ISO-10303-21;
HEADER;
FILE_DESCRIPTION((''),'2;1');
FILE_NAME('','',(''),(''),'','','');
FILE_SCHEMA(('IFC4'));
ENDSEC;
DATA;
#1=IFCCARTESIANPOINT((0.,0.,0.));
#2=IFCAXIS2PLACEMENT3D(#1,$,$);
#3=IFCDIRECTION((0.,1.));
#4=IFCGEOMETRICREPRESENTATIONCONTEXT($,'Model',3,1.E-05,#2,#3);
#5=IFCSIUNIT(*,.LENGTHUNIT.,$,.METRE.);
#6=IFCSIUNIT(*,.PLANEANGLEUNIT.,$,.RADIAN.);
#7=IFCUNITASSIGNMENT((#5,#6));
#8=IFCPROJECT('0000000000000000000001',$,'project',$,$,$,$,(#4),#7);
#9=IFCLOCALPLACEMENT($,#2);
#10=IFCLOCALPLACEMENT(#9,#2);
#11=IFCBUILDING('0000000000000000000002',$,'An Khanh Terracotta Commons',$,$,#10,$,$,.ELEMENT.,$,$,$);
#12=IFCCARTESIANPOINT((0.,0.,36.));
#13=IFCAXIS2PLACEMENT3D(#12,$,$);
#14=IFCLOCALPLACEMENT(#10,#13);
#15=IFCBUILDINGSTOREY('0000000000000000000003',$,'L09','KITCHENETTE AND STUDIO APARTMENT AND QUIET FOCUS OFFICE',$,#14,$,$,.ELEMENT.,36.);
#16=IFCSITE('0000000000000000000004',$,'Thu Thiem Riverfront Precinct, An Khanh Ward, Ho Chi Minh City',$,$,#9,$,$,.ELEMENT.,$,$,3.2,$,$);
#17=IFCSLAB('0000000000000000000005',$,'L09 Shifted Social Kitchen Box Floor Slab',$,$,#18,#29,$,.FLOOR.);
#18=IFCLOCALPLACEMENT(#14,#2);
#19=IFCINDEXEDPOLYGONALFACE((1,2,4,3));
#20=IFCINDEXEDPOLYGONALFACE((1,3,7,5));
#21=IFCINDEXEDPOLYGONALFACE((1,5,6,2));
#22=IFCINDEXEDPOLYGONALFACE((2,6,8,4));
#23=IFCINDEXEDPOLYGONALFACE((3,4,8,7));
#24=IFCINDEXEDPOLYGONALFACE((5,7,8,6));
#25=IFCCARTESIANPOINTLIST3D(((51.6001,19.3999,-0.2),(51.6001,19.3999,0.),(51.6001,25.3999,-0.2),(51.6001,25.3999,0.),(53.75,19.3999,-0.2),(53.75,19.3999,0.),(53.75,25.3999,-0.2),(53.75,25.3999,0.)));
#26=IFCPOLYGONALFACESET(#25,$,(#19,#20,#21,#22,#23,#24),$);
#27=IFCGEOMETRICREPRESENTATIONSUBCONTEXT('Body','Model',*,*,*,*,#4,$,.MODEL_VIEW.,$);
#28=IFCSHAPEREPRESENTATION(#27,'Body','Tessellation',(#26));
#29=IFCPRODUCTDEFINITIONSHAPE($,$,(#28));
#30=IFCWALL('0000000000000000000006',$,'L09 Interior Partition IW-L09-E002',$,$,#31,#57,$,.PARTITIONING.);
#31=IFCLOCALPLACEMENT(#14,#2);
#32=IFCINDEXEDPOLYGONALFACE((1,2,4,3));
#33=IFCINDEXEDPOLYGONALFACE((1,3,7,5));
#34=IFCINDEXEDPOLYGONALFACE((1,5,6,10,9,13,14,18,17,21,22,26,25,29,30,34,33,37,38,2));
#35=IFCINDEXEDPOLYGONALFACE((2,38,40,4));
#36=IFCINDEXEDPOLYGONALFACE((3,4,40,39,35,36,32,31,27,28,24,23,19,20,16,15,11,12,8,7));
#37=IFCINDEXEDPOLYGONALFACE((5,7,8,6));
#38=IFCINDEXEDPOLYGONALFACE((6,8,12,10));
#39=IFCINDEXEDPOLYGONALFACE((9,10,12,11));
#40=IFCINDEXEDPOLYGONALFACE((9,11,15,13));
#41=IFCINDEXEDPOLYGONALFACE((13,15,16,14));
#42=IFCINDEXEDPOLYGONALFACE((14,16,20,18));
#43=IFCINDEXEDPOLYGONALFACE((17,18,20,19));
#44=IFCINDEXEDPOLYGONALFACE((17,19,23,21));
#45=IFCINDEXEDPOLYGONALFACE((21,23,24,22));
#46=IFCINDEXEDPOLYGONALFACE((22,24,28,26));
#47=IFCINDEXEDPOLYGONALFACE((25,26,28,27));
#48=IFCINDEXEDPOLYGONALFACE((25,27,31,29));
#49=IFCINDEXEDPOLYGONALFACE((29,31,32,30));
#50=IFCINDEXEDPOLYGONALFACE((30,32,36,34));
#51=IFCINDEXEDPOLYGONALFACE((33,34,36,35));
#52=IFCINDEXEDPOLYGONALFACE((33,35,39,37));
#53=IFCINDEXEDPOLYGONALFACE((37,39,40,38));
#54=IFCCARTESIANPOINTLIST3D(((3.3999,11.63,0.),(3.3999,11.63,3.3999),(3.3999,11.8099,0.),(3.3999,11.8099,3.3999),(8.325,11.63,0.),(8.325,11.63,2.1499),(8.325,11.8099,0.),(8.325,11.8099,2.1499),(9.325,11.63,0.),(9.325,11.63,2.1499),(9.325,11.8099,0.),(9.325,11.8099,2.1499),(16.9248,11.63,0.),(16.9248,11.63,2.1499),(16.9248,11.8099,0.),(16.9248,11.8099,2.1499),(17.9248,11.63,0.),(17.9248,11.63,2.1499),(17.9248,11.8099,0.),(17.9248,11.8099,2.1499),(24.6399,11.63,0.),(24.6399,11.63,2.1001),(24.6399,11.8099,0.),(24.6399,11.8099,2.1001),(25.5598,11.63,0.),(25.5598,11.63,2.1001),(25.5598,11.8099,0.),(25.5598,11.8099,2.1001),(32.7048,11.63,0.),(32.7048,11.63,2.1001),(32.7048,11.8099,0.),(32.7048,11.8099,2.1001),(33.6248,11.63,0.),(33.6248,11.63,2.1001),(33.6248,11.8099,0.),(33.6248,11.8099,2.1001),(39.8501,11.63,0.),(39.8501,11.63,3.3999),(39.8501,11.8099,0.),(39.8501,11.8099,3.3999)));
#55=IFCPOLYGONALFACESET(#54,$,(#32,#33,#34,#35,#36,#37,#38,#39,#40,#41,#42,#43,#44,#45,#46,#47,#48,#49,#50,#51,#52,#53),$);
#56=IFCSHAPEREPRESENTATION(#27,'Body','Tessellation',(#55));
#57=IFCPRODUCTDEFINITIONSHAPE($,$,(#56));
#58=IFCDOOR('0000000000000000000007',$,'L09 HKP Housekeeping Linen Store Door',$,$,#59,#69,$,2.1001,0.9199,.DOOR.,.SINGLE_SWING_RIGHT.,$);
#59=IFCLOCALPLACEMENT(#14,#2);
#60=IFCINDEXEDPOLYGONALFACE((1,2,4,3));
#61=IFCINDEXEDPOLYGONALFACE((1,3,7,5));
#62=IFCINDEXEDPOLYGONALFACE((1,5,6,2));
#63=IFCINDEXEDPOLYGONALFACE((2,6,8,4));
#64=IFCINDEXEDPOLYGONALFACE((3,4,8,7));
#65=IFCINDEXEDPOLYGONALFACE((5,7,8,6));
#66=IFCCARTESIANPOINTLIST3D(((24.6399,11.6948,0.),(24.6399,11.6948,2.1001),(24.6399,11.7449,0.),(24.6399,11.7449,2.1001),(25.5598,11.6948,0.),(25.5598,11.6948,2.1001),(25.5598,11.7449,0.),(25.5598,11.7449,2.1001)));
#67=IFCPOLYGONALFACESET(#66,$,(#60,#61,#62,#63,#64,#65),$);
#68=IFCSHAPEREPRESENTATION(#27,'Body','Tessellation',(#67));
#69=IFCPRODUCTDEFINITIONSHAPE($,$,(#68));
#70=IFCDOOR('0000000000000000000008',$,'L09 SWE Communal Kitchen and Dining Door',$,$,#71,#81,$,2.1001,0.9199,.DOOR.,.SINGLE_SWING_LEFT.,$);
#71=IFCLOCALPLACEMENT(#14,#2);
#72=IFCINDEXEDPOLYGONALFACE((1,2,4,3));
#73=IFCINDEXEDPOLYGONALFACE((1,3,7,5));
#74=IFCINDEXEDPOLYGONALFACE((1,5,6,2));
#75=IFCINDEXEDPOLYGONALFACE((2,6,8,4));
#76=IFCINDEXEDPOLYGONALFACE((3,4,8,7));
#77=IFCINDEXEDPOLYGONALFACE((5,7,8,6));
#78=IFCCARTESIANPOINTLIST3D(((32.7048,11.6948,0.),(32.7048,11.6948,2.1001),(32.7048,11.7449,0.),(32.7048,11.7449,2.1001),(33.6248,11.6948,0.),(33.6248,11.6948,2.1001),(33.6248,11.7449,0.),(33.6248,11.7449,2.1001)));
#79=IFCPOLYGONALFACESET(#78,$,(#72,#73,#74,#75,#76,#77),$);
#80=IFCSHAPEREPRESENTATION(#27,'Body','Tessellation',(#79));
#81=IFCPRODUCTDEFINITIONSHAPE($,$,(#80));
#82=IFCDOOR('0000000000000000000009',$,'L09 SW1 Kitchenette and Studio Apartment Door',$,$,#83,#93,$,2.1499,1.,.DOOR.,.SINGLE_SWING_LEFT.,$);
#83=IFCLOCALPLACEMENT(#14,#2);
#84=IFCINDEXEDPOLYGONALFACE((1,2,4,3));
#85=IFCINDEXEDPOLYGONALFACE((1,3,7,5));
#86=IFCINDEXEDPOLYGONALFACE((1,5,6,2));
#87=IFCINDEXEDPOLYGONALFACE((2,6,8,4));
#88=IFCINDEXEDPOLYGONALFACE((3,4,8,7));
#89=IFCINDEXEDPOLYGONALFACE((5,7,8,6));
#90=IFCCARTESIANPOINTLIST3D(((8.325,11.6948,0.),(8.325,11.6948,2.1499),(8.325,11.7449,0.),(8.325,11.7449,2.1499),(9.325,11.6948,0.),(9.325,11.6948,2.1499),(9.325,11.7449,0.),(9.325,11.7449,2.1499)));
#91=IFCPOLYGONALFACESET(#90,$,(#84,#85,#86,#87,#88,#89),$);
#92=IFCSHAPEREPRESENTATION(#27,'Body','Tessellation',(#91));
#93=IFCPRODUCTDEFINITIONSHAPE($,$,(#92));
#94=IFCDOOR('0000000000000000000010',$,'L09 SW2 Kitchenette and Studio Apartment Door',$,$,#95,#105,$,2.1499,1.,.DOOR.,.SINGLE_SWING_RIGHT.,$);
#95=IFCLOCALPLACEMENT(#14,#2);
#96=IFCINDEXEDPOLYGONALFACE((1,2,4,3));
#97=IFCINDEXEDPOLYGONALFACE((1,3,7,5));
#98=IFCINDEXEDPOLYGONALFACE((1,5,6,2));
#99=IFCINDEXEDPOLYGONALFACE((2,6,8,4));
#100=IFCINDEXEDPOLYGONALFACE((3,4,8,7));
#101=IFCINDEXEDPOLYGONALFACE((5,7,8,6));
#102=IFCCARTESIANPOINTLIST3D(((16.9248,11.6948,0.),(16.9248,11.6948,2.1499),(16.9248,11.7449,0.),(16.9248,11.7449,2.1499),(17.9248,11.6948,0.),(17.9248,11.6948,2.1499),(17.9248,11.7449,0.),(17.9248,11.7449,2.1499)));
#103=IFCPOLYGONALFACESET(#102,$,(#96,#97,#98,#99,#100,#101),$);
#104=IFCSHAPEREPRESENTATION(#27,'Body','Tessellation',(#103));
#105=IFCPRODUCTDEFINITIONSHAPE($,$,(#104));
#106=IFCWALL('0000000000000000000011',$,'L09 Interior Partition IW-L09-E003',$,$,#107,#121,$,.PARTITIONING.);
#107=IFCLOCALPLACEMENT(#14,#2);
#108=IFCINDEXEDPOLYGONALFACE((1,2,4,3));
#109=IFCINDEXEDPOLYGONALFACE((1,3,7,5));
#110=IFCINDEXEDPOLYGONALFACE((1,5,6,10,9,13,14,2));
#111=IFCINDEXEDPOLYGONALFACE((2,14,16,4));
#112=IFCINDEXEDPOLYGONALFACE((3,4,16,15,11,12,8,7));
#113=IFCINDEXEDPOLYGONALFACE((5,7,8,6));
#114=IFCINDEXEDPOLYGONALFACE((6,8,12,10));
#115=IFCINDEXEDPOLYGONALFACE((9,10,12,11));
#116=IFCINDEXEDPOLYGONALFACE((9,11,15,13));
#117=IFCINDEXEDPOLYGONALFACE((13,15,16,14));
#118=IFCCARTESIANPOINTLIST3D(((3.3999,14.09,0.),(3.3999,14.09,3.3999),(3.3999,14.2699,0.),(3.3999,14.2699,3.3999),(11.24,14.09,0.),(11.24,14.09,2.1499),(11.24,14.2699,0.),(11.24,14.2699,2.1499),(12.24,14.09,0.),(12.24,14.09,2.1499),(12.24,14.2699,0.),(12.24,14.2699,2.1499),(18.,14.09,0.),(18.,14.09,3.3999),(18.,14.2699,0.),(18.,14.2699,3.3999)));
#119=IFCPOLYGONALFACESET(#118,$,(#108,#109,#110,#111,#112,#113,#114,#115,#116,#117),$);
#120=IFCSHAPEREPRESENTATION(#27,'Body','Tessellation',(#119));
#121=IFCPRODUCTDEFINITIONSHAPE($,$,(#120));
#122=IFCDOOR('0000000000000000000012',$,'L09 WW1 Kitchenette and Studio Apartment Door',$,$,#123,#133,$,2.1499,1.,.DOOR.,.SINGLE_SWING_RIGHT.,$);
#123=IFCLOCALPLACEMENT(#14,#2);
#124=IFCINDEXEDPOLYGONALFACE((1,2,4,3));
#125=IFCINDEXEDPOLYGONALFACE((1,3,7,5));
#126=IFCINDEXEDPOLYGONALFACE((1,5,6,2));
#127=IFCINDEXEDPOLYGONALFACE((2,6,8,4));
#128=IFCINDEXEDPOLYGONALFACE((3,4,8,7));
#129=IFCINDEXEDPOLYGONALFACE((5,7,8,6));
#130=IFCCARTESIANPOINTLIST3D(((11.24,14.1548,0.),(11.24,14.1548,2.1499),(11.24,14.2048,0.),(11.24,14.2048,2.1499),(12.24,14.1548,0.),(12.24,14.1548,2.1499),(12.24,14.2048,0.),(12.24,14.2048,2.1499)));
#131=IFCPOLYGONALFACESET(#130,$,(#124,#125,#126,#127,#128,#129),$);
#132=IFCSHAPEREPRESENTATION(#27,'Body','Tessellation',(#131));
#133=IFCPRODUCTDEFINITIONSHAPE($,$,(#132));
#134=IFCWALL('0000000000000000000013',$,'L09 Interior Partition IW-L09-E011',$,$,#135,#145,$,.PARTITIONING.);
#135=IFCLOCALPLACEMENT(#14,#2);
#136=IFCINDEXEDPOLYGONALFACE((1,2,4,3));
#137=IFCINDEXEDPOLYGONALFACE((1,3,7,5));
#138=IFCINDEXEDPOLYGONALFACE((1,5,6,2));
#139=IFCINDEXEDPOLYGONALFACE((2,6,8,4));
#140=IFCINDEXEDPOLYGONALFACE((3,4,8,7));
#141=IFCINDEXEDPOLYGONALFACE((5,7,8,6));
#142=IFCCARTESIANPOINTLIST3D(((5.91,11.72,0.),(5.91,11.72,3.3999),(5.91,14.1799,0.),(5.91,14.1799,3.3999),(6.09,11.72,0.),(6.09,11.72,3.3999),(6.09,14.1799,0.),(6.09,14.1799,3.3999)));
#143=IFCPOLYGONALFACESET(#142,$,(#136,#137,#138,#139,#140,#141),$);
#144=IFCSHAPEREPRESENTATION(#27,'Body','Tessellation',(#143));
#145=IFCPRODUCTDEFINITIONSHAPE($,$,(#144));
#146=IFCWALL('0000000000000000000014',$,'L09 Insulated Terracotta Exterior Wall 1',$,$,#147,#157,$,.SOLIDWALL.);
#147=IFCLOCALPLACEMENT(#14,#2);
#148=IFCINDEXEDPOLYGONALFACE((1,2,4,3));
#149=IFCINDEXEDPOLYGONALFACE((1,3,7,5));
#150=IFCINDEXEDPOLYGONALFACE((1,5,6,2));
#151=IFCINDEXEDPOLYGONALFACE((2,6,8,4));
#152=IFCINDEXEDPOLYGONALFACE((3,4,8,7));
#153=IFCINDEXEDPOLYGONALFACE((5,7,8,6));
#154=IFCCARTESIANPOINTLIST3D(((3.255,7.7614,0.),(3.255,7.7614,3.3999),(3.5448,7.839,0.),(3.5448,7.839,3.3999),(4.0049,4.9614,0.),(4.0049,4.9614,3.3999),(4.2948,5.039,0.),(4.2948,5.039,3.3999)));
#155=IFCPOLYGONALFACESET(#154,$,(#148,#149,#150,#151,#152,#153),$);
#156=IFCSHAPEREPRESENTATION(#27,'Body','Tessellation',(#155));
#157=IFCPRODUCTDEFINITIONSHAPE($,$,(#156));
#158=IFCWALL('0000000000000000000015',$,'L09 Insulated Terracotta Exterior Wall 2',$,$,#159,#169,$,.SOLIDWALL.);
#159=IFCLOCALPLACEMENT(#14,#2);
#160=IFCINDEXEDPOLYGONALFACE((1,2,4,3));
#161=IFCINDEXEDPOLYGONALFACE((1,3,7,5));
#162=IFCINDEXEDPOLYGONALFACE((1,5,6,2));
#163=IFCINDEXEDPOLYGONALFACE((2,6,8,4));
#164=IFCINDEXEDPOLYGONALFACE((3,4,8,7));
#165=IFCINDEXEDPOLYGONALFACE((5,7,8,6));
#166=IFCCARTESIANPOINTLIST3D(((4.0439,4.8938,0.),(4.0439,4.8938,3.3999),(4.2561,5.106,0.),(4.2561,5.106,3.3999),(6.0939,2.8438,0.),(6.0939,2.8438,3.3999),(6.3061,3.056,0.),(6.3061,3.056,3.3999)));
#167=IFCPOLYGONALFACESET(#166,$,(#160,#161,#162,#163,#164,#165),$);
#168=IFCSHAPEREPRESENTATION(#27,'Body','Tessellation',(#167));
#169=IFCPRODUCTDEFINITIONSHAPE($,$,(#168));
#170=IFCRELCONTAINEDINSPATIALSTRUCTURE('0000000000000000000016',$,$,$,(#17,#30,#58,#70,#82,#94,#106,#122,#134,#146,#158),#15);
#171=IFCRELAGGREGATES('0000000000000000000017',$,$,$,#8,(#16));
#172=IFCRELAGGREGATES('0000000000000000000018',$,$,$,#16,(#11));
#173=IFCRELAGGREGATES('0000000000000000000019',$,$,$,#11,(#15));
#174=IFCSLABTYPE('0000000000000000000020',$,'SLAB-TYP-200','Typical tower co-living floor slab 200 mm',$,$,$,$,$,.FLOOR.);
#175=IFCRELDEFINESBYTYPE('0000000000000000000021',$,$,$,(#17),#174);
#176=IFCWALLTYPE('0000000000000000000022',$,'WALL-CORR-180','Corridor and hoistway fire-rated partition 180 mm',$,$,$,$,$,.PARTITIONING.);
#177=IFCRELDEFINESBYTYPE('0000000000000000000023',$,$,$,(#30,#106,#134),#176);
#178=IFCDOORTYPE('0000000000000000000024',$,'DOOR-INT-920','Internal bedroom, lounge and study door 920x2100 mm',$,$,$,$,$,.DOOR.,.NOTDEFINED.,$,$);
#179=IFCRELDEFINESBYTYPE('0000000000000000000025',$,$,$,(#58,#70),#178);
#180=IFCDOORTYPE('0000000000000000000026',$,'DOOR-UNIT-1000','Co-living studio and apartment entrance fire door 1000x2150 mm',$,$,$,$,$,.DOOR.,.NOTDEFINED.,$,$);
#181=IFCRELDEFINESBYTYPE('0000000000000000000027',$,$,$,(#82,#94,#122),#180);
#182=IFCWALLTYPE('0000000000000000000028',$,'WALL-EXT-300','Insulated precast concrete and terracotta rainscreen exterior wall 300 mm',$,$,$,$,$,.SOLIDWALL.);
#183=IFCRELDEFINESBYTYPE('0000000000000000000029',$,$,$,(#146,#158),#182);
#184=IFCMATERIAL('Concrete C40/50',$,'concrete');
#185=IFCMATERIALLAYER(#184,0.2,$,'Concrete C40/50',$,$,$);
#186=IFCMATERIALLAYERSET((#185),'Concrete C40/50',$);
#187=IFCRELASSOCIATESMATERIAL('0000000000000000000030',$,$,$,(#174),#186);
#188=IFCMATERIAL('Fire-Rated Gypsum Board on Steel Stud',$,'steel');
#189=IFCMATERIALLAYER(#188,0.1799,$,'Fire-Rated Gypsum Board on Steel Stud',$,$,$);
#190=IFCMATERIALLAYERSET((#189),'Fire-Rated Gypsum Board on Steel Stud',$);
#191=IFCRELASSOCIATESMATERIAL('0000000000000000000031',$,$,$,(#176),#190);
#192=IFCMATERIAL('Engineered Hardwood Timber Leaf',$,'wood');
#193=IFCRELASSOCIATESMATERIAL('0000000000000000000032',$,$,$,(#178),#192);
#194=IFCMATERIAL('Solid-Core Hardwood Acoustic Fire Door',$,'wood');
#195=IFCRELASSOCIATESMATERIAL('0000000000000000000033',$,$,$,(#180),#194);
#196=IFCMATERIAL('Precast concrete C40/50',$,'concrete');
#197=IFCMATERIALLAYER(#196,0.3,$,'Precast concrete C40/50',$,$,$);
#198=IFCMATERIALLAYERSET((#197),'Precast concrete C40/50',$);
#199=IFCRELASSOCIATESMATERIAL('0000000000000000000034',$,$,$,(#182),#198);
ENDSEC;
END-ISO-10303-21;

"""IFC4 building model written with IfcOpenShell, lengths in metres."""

from ifc_helpers import new_model, si_unit, direction, frame, frame_2d, origin, place, context, subcontext, project, spatial, polyline, rectangle, outline, extrude, material, layer, layer_set, type_object, element, fill, save


model = new_model("IFC4")

# Units and contexts
model_context = context("Model", 3, precision=1e-05, world=origin(), true_north=direction((0.0, 1.0)))
body_context = subcontext(model_context, "Body", "Model", "MODEL_VIEW")
ifc_project = project(units=[si_unit("LENGTHUNIT", "METRE"), si_unit("PLANEANGLEUNIT", "RADIAN")], contexts=[model_context])

# Site, building, storey
site_placement = place(None, origin())
site = spatial("IfcSite", under=ifc_project, at=site_placement, Name="Thu Thiem Riverfront Precinct, An Khanh Ward, Ho Chi Minh City", CompositionType="ELEMENT", RefElevation=3.2)
building_placement = place(site_placement, origin())
building = spatial("IfcBuilding", under=site, at=building_placement, Name="An Khanh Terracotta Commons", CompositionType="ELEMENT")
storey_placement = place(building_placement, frame((0.0, 0.0, 36.0)))
storey = spatial("IfcBuildingStorey", under=building, at=storey_placement, Name="L09", Description="KITCHENETTE AND STUDIO APARTMENT AND QUIET FOCUS OFFICE", CompositionType="ELEMENT", Elevation=36.0)

# Shared definitions
ifc_material_1 = material(Name="Concrete C40/50", Category="concrete")

# Shared definitions
ifc_material_2 = material(Name="Precast concrete C40/50", Category="concrete")

# Slab
ifc_layer_1 = layer(ifc_material_1, 0.2, Name="Concrete C40/50")
ifc_layer_set_1 = layer_set([ifc_layer_1], Name="Concrete C40/50")
slab_type_1 = type_object("IfcSlabType", Name="SLAB-TYP-200", Description="Typical tower co-living floor slab 200 mm", PredefinedType="FLOOR", material=ifc_layer_set_1)
slab_1_placement = place(storey_placement, frame((0.0, 0.0, -0.2)))
element("IfcSlab", 1, at=slab_1_placement, inside=storey, type_object=slab_type_1, Name="L09 Shifted Social Kitchen Box Floor Slab", PredefinedType="FLOOR", context=body_context, shape_type="SweptSolid", body=[
    extrude(outline(polyline([(51.6001, 19.3999), (53.75, 19.3999), (53.75, 25.3999), (51.6001, 25.3999), (51.6001, 19.3999)])), origin(), (0.0, 0.0, 1.0), 0.2),
])

# Wall, openings, doors
ifc_material_3 = material(Name="Fire-Rated Gypsum Board on Steel Stud", Category="steel")
ifc_layer_2 = layer(ifc_material_3, 0.1799, Name="Fire-Rated Gypsum Board on Steel Stud")
ifc_layer_set_2 = layer_set([ifc_layer_2], Name="Fire-Rated Gypsum Board on Steel Stud")
wall_type_1 = type_object("IfcWallType", Name="WALL-CORR-180", Description="Corridor and hoistway fire-rated partition 180 mm", PredefinedType="PARTITIONING", material=ifc_layer_set_2)
wall_1_placement = place(storey_placement, frame((3.3999, 11.72, 0.0), z_axis=(0.0, 0.0, 1.0), x_axis=(1.0, 0.0, 0.0)))
wall_1 = element("IfcWall", 2, at=wall_1_placement, inside=storey, type_object=wall_type_1, Name="L09 Interior Partition IW-L09-E002", PredefinedType="PARTITIONING", context=body_context, shape_type="SweptSolid", body=[
    extrude(rectangle(XDim=36.4502, YDim=0.1799, at=frame_2d((18.2251, 0.0))), origin(), (0.0, 0.0, 1.0), 3.3999),
])
opening_1_placement = place(wall_1_placement, frame((21.24, 0.0, 0.0)))
opening_1 = element("IfcOpeningElement", 3, at=opening_1_placement, cuts=wall_1, PredefinedType="OPENING", context=body_context, shape_type="SweptSolid", body=[
    extrude(rectangle(XDim=0.9199, YDim=2.1001, at=frame_2d((0.46, 1.05))), frame((0.0, 0.0999, 0.0), z_axis=(0.0, -1.0, 0.0), x_axis=(1.0, 0.0, 0.0)), (0.0, 0.0, 1.0), 0.2),
])
opening_2_placement = place(wall_1_placement, frame((4.925, 0.0, 0.0)))
opening_2 = element("IfcOpeningElement", 4, at=opening_2_placement, cuts=wall_1, PredefinedType="OPENING", context=body_context, shape_type="SweptSolid", body=[
    extrude(rectangle(XDim=1.0, YDim=2.1499, at=frame_2d((0.5, 1.075))), frame((0.0, 0.0999, 0.0), z_axis=(0.0, -1.0, 0.0), x_axis=(1.0, 0.0, 0.0)), (0.0, 0.0, 1.0), 0.2),
])
opening_3_placement = place(wall_1_placement, frame((13.5249, 0.0, 0.0)))
opening_3 = element("IfcOpeningElement", 5, at=opening_3_placement, cuts=wall_1, PredefinedType="OPENING", context=body_context, shape_type="SweptSolid", body=[
    extrude(rectangle(XDim=1.0, YDim=2.1499, at=frame_2d((0.5, 1.075))), frame((0.0, 0.0999, 0.0), z_axis=(0.0, -1.0, 0.0), x_axis=(1.0, 0.0, 0.0)), (0.0, 0.0, 1.0), 0.2),
])
opening_4_placement = place(wall_1_placement, frame((29.3049, 0.0, 0.0)))
opening_4 = element("IfcOpeningElement", 6, at=opening_4_placement, cuts=wall_1, PredefinedType="OPENING", context=body_context, shape_type="SweptSolid", body=[
    extrude(rectangle(XDim=0.9199, YDim=2.1001, at=frame_2d((0.46, 1.05))), frame((0.0, 0.0999, 0.0), z_axis=(0.0, -1.0, 0.0), x_axis=(1.0, 0.0, 0.0)), (0.0, 0.0, 1.0), 0.2),
])
ifc_material_4 = material(Name="Engineered Hardwood Timber Leaf", Category="wood")
door_type_1 = type_object("IfcDoorType", Name="DOOR-INT-920", Description="Internal bedroom, lounge and study door 920x2100 mm", OperationType="NOTDEFINED", PredefinedType="DOOR", material=ifc_material_4)
door_1_placement = place(opening_1_placement, origin())
door_1 = element("IfcDoor", 7, at=door_1_placement, inside=storey, type_object=door_type_1, Name="L09 HKP Housekeeping Linen Store Door", OperationType="SINGLE_SWING_RIGHT", OverallHeight=2.1001, OverallWidth=0.9199, PredefinedType="DOOR", context=body_context, shape_type="SweptSolid", body=[
    extrude(rectangle(XDim=0.9199, YDim=2.1001, at=frame_2d((0.46, 1.05))), frame((0.0, 0.0249, 0.0), z_axis=(0.0, -1.0, 0.0), x_axis=(1.0, 0.0, 0.0)), (0.0, 0.0, 1.0), 0.05),
])
fill(opening_1, door_1)
door_2_placement = place(opening_4_placement, origin())
door_2 = element("IfcDoor", 8, at=door_2_placement, inside=storey, type_object=door_type_1, Name="L09 SWE Communal Kitchen and Dining Door", OperationType="SINGLE_SWING_LEFT", OverallHeight=2.1001, OverallWidth=0.9199, PredefinedType="DOOR", context=body_context, shape_type="SweptSolid", body=[
    extrude(rectangle(XDim=0.9199, YDim=2.1001, at=frame_2d((0.46, 1.05))), frame((0.0, 0.0249, 0.0), z_axis=(0.0, -1.0, 0.0), x_axis=(1.0, 0.0, 0.0)), (0.0, 0.0, 1.0), 0.05),
])
fill(opening_4, door_2)
ifc_material_5 = material(Name="Solid-Core Hardwood Acoustic Fire Door", Category="wood")
door_type_2 = type_object("IfcDoorType", Name="DOOR-UNIT-1000", Description="Co-living studio and apartment entrance fire door 1000x2150 mm", OperationType="NOTDEFINED", PredefinedType="DOOR", material=ifc_material_5)
door_3_placement = place(opening_2_placement, origin())
door_3 = element("IfcDoor", 9, at=door_3_placement, inside=storey, type_object=door_type_2, Name="L09 SW1 Kitchenette and Studio Apartment Door", OperationType="SINGLE_SWING_LEFT", OverallHeight=2.1499, OverallWidth=1.0, PredefinedType="DOOR", context=body_context, shape_type="SweptSolid", body=[
    extrude(rectangle(XDim=1.0, YDim=2.1499, at=frame_2d((0.5, 1.075))), frame((0.0, 0.0249, 0.0), z_axis=(0.0, -1.0, 0.0), x_axis=(1.0, 0.0, 0.0)), (0.0, 0.0, 1.0), 0.05),
])
fill(opening_2, door_3)
door_4_placement = place(opening_3_placement, origin())
door_4 = element("IfcDoor", 10, at=door_4_placement, inside=storey, type_object=door_type_2, Name="L09 SW2 Kitchenette and Studio Apartment Door", OperationType="SINGLE_SWING_RIGHT", OverallHeight=2.1499, OverallWidth=1.0, PredefinedType="DOOR", context=body_context, shape_type="SweptSolid", body=[
    extrude(rectangle(XDim=1.0, YDim=2.1499, at=frame_2d((0.5, 1.075))), frame((0.0, 0.0249, 0.0), z_axis=(0.0, -1.0, 0.0), x_axis=(1.0, 0.0, 0.0)), (0.0, 0.0, 1.0), 0.05),
])
fill(opening_3, door_4)

# Wall, opening, door
wall_2_placement = place(storey_placement, frame((3.3999, 14.1799, 0.0), z_axis=(0.0, 0.0, 1.0), x_axis=(1.0, 0.0, 0.0)))
wall_2 = element("IfcWall", 11, at=wall_2_placement, inside=storey, type_object=wall_type_1, Name="L09 Interior Partition IW-L09-E003", PredefinedType="PARTITIONING", context=body_context, shape_type="SweptSolid", body=[
    extrude(rectangle(XDim=14.6001, YDim=0.1799, at=frame_2d((7.3, 0.0))), origin(), (0.0, 0.0, 1.0), 3.3999),
])
opening_5_placement = place(wall_2_placement, frame((7.8401, 0.0, 0.0)))
opening_5 = element("IfcOpeningElement", 12, at=opening_5_placement, cuts=wall_2, PredefinedType="OPENING", context=body_context, shape_type="SweptSolid", body=[
    extrude(rectangle(XDim=1.0, YDim=2.1499, at=frame_2d((0.5, 1.075))), frame((0.0, 0.0999, 0.0), z_axis=(0.0, -1.0, 0.0), x_axis=(1.0, 0.0, 0.0)), (0.0, 0.0, 1.0), 0.2),
])
door_5_placement = place(opening_5_placement, origin())
door_5 = element("IfcDoor", 13, at=door_5_placement, inside=storey, type_object=door_type_2, Name="L09 WW1 Kitchenette and Studio Apartment Door", OperationType="SINGLE_SWING_RIGHT", OverallHeight=2.1499, OverallWidth=1.0, PredefinedType="DOOR", context=body_context, shape_type="SweptSolid", body=[
    extrude(rectangle(XDim=1.0, YDim=2.1499, at=frame_2d((0.5, 1.075))), frame((0.0, 0.0249, 0.0), z_axis=(0.0, -1.0, 0.0), x_axis=(1.0, 0.0, 0.0)), (0.0, 0.0, 1.0), 0.05),
])
fill(opening_5, door_5)

# Walls
wall_3_placement = place(storey_placement, frame((6.0, 11.72, 0.0), z_axis=(0.0, 0.0, 1.0), x_axis=(0.0, 1.0, 0.0)))
element("IfcWall", 14, at=wall_3_placement, inside=storey, type_object=wall_type_1, Name="L09 Interior Partition IW-L09-E011", PredefinedType="PARTITIONING", context=body_context, shape_type="SweptSolid", body=[
    extrude(rectangle(XDim=2.46, YDim=0.1799, at=frame_2d((1.23, 0.0))), origin(), (0.0, 0.0, 1.0), 3.3999),
])
ifc_layer_3 = layer(ifc_material_2, 0.3, Name="Precast concrete C40/50")
ifc_layer_set_3 = layer_set([ifc_layer_3], Name="Precast concrete C40/50")
wall_type_2 = type_object("IfcWallType", Name="WALL-EXT-300", Description="Insulated precast concrete and terracotta rainscreen exterior wall 300 mm", PredefinedType="SOLIDWALL", material=ifc_layer_set_3)
wall_4_placement = place(storey_placement, frame((3.3999, 7.8, 0.0), z_axis=(0.0, 0.0, 1.0), x_axis=(0.258732, -0.965949, 0.0)))
element("IfcWall", 15, at=wall_4_placement, inside=storey, type_object=wall_type_2, Name="L09 Insulated Terracotta Exterior Wall 1", PredefinedType="SOLIDWALL", context=body_context, shape_type="SweptSolid", body=[
    extrude(rectangle(XDim=2.8987, YDim=0.3, at=frame_2d((1.4492, 0.0))), origin(), (0.0, 0.0, 1.0), 3.3999),
])
wall_5_placement = place(storey_placement, frame((4.1499, 5.0, 0.0), z_axis=(0.0, 0.0, 1.0), x_axis=(0.707107, -0.707107, 0.0)))
element("IfcWall", 16, at=wall_5_placement, inside=storey, type_object=wall_type_2, Name="L09 Insulated Terracotta Exterior Wall 2", PredefinedType="SOLIDWALL", context=body_context, shape_type="SweptSolid", body=[
    extrude(rectangle(XDim=2.8992, YDim=0.3, at=frame_2d((1.4497, 0.0))), origin(), (0.0, 0.0, 1.0), 3.3999),
])

save(model, "model.ifc")
